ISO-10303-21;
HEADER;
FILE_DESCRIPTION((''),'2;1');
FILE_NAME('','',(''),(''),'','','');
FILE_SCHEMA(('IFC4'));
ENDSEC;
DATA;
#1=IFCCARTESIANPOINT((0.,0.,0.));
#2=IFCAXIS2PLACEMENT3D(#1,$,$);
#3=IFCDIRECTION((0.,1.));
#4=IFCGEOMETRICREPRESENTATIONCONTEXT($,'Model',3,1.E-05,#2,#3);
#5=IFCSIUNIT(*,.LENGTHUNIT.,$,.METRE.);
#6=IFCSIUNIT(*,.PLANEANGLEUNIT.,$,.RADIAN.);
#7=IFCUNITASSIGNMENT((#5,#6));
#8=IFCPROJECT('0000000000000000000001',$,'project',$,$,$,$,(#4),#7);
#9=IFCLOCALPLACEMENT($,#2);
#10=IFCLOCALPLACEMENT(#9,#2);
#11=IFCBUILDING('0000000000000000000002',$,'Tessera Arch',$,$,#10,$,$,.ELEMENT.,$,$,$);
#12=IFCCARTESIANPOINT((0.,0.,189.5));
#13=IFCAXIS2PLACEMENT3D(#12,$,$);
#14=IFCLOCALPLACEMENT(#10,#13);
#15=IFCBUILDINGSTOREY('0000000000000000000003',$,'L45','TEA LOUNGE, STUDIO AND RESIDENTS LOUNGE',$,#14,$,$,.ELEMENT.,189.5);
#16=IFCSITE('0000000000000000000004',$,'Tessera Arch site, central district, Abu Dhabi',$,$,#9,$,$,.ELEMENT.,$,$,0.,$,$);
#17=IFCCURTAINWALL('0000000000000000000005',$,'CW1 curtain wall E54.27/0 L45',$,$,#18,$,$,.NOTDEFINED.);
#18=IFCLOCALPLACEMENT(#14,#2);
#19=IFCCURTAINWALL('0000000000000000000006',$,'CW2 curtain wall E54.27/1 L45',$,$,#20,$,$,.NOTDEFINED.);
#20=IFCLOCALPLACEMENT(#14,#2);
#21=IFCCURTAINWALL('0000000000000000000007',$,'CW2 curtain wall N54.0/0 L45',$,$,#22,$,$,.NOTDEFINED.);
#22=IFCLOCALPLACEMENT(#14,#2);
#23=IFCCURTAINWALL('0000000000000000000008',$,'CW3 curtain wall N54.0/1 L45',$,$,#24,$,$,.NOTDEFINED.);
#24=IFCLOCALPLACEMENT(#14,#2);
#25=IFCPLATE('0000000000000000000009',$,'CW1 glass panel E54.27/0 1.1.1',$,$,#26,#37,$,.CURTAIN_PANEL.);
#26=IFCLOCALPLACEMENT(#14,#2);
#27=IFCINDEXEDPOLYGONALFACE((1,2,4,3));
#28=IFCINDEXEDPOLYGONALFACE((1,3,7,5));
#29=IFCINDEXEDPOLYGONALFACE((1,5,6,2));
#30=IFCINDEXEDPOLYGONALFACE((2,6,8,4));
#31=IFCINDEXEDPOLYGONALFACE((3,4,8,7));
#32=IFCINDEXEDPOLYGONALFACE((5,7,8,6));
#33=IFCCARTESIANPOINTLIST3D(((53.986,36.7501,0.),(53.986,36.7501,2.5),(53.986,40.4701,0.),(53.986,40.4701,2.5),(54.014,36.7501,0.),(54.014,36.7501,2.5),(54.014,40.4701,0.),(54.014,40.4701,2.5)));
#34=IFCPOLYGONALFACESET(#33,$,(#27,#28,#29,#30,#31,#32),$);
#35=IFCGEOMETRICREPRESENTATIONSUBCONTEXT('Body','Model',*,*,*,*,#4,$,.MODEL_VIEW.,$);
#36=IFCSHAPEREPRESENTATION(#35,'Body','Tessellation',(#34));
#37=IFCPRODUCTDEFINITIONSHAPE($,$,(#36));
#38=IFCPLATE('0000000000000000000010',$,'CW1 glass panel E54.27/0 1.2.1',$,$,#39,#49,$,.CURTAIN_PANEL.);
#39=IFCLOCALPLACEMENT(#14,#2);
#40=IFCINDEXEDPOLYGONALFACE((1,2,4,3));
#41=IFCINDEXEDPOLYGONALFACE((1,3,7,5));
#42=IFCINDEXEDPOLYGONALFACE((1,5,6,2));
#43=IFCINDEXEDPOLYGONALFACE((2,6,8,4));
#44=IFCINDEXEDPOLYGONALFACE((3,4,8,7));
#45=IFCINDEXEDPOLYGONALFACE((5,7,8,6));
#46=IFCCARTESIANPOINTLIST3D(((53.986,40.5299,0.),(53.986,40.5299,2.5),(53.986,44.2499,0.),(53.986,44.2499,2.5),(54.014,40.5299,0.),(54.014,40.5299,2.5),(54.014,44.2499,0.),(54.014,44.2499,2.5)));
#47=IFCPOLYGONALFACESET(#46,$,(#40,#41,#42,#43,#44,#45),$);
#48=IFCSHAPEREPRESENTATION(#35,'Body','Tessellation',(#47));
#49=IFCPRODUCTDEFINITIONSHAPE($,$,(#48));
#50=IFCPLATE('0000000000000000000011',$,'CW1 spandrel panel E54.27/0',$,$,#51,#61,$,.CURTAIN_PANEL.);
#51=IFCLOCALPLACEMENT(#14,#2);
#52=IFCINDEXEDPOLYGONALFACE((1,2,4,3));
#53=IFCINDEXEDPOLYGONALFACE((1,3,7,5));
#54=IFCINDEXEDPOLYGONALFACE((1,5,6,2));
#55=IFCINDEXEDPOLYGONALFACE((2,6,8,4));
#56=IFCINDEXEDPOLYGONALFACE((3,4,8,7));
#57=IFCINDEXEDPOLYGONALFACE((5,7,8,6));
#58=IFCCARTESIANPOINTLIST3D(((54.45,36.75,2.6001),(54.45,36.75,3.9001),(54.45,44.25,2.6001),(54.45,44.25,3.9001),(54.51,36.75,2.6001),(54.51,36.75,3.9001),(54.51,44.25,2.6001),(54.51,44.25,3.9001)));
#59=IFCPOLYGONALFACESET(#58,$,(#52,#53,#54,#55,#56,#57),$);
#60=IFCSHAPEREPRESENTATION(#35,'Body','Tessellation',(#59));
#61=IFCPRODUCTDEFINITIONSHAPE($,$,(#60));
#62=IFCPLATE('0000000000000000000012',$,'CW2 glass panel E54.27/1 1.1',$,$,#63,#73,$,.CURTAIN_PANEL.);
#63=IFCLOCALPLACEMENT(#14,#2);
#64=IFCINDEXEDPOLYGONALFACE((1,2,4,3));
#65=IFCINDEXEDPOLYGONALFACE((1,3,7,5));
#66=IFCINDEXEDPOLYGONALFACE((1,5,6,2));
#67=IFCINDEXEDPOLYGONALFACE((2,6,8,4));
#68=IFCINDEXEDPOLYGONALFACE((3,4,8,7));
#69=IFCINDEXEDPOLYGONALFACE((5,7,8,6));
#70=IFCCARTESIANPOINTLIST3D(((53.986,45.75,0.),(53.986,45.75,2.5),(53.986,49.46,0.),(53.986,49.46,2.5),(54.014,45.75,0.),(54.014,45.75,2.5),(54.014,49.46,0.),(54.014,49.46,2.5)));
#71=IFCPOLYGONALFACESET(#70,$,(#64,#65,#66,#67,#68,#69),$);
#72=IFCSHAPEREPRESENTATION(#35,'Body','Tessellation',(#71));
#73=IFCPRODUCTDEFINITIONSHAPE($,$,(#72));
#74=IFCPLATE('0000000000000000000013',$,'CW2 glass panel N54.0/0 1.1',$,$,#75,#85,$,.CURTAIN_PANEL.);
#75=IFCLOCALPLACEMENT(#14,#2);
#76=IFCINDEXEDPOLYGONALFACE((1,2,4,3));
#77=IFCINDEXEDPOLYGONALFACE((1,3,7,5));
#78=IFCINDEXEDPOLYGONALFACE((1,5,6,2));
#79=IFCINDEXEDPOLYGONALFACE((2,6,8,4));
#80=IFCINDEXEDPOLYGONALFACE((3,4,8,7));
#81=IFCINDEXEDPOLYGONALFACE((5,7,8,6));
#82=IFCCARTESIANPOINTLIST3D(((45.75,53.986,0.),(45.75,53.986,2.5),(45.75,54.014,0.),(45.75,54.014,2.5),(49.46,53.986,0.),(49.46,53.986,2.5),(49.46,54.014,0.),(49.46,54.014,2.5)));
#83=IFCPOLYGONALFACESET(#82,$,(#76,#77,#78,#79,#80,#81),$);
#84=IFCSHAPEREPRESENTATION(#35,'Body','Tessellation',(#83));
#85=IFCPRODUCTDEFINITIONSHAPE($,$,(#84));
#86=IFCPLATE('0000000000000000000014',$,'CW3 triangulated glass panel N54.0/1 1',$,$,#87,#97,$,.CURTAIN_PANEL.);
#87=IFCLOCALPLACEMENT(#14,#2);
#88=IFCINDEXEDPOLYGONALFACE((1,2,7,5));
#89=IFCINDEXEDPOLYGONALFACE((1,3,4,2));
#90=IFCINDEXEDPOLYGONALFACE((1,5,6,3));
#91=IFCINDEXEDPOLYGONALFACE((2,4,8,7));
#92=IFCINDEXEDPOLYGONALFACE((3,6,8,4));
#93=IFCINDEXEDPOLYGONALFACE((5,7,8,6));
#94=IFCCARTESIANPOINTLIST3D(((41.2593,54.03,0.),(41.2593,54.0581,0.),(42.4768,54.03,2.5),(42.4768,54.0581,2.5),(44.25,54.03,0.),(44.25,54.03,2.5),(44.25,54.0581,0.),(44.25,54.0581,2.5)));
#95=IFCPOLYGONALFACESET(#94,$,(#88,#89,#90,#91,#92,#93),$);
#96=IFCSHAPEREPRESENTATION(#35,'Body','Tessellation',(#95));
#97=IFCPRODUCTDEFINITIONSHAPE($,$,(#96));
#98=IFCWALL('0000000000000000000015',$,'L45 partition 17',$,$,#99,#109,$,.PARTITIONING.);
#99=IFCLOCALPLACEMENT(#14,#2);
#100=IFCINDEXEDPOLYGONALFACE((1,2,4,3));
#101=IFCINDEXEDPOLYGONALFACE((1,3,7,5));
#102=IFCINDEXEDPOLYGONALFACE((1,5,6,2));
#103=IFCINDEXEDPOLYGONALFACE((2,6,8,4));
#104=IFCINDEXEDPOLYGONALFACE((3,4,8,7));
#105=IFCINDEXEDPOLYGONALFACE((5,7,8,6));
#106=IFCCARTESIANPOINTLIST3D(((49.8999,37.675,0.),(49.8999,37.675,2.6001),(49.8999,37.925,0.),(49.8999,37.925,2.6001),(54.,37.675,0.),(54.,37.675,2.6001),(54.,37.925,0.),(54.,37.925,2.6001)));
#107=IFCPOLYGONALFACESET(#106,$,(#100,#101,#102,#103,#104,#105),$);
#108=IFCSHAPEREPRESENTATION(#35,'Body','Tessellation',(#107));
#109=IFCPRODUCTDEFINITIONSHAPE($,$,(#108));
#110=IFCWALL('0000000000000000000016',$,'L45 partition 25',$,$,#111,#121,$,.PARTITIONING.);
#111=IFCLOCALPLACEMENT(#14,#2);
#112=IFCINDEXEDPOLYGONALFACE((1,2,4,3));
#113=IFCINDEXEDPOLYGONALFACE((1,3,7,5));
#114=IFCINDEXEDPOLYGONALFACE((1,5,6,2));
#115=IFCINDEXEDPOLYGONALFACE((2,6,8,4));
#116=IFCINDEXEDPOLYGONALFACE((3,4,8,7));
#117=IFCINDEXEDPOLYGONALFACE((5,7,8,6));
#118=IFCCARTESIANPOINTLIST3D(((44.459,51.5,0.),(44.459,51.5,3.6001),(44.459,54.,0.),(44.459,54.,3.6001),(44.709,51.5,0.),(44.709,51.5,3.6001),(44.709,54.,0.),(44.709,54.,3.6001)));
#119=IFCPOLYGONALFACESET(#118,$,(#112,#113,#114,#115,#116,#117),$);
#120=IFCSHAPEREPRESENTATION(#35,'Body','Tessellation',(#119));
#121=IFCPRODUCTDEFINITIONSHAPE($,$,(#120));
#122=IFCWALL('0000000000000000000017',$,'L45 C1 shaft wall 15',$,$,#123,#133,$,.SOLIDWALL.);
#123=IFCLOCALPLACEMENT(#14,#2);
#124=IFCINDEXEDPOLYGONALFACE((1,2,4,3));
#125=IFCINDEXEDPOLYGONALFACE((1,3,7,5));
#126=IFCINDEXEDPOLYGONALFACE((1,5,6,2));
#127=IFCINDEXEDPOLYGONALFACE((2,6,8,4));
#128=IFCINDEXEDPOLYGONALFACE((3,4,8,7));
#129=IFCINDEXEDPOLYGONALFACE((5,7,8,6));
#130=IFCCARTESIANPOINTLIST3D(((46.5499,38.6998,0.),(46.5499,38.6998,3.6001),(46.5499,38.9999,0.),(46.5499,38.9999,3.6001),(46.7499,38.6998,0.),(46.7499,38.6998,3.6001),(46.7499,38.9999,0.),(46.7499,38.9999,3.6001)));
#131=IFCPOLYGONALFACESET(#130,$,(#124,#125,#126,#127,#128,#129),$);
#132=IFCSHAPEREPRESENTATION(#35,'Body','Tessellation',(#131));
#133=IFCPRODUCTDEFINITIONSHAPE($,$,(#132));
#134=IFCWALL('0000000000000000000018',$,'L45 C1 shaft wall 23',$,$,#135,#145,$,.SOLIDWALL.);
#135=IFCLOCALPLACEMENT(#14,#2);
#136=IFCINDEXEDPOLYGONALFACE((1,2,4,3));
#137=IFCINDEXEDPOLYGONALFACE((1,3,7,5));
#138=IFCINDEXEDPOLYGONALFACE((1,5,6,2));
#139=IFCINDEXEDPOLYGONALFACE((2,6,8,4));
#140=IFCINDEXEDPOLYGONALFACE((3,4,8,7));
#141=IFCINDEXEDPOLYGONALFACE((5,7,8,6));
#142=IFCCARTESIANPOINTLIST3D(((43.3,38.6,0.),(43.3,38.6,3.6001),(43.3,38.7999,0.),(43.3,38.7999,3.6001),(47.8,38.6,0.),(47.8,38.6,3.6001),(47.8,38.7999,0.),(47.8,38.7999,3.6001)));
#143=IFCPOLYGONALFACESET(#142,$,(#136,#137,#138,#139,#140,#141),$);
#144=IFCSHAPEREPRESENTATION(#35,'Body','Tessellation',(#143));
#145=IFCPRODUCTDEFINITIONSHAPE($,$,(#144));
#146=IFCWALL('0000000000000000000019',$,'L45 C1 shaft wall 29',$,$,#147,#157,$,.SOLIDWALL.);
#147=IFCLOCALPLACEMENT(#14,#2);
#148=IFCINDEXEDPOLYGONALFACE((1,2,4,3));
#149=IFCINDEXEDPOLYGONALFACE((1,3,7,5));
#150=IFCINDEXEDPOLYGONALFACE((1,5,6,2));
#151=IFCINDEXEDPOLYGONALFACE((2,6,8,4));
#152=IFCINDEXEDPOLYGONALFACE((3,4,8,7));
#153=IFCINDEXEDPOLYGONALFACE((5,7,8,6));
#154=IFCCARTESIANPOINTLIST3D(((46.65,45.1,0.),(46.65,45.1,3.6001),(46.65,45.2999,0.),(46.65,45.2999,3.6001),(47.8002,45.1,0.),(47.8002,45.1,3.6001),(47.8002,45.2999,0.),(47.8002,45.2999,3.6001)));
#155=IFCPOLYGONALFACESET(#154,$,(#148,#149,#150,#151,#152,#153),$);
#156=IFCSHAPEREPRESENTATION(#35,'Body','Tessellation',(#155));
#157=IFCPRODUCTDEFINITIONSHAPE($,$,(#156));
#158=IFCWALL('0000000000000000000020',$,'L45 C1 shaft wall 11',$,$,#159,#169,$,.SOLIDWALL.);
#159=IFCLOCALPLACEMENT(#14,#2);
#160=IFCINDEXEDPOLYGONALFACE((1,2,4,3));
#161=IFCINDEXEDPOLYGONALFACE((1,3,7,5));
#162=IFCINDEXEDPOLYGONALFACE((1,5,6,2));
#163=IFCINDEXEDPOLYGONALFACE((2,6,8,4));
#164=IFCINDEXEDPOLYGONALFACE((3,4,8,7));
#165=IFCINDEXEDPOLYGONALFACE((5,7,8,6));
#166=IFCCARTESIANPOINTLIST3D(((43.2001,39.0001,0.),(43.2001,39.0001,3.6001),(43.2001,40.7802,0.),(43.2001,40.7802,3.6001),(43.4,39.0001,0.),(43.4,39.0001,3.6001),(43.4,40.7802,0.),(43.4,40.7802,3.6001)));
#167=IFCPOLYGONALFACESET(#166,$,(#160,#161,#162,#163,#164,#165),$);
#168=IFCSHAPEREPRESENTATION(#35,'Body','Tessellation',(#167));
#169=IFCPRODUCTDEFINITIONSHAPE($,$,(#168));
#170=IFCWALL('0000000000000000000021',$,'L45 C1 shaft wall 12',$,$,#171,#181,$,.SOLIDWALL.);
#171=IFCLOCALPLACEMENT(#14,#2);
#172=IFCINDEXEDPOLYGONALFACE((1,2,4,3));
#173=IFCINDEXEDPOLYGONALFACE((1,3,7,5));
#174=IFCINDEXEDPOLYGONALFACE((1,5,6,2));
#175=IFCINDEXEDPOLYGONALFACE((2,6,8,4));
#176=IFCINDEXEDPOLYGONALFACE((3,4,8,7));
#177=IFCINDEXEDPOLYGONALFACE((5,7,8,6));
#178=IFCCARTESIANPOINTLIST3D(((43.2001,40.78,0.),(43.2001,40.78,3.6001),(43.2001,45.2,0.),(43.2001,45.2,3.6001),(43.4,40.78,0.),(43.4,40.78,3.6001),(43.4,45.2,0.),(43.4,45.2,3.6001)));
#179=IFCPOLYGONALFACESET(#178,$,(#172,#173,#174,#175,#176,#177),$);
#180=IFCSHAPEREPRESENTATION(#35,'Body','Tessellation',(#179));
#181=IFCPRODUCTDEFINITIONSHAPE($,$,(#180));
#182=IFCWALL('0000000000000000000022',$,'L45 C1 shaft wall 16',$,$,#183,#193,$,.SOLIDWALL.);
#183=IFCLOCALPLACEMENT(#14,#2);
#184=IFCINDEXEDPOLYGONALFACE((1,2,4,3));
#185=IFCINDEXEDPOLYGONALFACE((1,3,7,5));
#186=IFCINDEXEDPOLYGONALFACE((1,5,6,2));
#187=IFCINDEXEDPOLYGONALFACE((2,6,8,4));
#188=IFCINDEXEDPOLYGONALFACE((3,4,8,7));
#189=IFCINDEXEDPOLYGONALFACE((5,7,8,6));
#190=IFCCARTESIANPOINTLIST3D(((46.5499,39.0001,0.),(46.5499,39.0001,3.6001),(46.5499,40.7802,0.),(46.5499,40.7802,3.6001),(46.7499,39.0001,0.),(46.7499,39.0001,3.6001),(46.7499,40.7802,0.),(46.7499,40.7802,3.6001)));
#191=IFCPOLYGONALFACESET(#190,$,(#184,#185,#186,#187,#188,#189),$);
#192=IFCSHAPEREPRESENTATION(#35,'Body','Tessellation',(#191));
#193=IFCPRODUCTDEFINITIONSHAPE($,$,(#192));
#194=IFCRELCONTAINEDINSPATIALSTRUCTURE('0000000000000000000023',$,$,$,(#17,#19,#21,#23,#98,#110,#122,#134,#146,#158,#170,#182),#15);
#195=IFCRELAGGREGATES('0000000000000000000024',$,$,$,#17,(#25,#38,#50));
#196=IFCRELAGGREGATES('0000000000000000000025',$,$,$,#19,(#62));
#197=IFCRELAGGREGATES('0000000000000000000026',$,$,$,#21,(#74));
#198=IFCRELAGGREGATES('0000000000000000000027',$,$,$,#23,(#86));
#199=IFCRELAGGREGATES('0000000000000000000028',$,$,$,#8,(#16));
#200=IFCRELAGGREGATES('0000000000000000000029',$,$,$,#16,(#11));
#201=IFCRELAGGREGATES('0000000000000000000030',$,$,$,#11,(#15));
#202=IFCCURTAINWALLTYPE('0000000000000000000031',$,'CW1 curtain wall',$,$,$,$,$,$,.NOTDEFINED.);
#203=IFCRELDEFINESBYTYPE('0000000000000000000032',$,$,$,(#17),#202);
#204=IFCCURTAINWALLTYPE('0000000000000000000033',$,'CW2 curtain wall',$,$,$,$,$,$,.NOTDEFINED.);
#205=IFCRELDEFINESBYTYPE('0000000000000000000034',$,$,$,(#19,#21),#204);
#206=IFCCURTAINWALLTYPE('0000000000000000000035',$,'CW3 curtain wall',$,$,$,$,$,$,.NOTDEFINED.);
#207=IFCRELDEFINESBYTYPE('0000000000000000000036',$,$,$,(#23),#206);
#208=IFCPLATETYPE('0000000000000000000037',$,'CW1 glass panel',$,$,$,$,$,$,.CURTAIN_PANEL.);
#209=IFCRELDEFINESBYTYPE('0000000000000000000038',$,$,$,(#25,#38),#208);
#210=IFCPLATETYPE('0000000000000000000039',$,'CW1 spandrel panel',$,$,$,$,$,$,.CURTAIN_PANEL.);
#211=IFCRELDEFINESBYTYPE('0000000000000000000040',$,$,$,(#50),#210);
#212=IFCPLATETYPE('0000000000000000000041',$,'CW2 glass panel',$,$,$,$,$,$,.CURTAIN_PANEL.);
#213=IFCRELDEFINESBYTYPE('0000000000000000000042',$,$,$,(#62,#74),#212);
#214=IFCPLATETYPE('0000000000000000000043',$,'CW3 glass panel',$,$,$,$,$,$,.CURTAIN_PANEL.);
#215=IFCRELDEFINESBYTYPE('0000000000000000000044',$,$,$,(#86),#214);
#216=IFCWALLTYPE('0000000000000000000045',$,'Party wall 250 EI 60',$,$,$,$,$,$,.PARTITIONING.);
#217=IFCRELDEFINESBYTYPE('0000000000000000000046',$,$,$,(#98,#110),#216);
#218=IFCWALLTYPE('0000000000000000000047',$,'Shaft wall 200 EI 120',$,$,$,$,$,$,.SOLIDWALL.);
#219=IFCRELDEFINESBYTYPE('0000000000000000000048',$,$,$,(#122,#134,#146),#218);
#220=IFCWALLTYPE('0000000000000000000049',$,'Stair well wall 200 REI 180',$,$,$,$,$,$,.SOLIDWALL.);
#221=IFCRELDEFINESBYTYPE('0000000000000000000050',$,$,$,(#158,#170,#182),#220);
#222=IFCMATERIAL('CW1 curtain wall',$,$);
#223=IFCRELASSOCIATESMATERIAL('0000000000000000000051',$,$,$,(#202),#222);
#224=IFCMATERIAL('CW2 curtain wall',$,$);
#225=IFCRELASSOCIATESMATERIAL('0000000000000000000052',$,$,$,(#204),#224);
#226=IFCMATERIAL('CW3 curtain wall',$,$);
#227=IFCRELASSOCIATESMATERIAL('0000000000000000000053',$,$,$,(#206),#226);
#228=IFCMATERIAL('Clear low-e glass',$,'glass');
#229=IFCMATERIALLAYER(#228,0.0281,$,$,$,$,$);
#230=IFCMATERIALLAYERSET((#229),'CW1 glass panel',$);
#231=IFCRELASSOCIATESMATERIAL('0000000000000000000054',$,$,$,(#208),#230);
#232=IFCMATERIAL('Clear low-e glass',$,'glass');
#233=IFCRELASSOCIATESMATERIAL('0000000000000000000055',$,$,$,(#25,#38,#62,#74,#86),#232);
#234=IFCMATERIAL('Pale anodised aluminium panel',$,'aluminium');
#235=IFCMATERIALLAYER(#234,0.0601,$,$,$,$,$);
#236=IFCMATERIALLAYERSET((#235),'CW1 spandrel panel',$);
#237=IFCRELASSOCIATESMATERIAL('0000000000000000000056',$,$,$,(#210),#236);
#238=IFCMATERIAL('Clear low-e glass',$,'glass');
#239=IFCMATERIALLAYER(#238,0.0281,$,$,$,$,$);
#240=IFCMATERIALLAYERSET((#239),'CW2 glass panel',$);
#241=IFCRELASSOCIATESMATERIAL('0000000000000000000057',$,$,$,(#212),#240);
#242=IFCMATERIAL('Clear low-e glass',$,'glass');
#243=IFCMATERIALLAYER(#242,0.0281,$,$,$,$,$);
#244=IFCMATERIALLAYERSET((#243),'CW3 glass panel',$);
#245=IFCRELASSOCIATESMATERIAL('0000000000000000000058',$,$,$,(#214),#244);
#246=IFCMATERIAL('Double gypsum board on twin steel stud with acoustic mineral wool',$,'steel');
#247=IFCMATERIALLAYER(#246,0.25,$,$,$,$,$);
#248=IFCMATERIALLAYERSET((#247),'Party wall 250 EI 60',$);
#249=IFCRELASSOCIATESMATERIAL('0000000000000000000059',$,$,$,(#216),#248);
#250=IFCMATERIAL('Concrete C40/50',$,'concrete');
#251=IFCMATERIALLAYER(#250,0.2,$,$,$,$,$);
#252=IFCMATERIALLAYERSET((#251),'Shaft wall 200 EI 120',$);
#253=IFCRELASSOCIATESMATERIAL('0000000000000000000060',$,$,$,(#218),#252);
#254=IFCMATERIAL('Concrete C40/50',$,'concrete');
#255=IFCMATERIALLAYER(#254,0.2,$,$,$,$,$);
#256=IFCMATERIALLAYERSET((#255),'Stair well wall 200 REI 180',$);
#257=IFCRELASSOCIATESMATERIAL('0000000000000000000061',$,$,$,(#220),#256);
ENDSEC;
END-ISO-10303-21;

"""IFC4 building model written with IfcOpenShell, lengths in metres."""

from ifc_helpers import new_model, si_unit, direction, frame, frame_2d, origin, origin_2d, place, context, subcontext, project, spatial, polyline, rectangle, outline, extrude, material, layer, layer_set, type_object, element, aggregate, save


model = new_model("IFC4")

# Units and contexts
model_context = context("Model", 3, precision=1e-05, world=origin(), true_north=direction((0.0, 1.0)))
body_context = subcontext(model_context, "Body", "Model", "MODEL_VIEW")
ifc_project = project(units=[si_unit("LENGTHUNIT", "METRE"), si_unit("PLANEANGLEUNIT", "RADIAN")], contexts=[model_context])

# Site, building, storey
site_placement = place(None, origin())
site = spatial("IfcSite", under=ifc_project, at=site_placement, Name="Tessera Arch site, central district, Abu Dhabi", CompositionType="ELEMENT", RefElevation=0.0)
building_placement = place(site_placement, origin())
building = spatial("IfcBuilding", under=site, at=building_placement, Name="Tessera Arch", CompositionType="ELEMENT")
storey_placement = place(building_placement, frame((0.0, 0.0, 189.5)))
storey = spatial("IfcBuildingStorey", under=building, at=storey_placement, Name="L45", Description="TEA LOUNGE, STUDIO AND RESIDENTS LOUNGE", CompositionType="ELEMENT", Elevation=189.5)

# Curtain wall
ifc_material_1 = material(Name="CW1 curtain wall")
curtain_wall_type_1 = type_object("IfcCurtainWallType", Name="CW1 curtain wall", PredefinedType="NOTDEFINED", material=ifc_material_1)
curtain_wall_1_placement = place(storey_placement, origin())
curtain_wall_1 = element("IfcCurtainWall", 1, at=curtain_wall_1_placement, inside=storey, type_object=curtain_wall_type_1, Name="CW1 curtain wall E54.27/0 L45", PredefinedType="NOTDEFINED")

# Curtain walls
ifc_material_2 = material(Name="CW2 curtain wall")
curtain_wall_type_2 = type_object("IfcCurtainWallType", Name="CW2 curtain wall", PredefinedType="NOTDEFINED", material=ifc_material_2)
curtain_wall_2_placement = place(storey_placement, origin())
curtain_wall_2 = element("IfcCurtainWall", 2, at=curtain_wall_2_placement, inside=storey, type_object=curtain_wall_type_2, Name="CW2 curtain wall E54.27/1 L45", PredefinedType="NOTDEFINED")
curtain_wall_3_placement = place(storey_placement, origin())
curtain_wall_3 = element("IfcCurtainWall", 3, at=curtain_wall_3_placement, inside=storey, type_object=curtain_wall_type_2, Name="CW2 curtain wall N54.0/0 L45", PredefinedType="NOTDEFINED")
ifc_material_3 = material(Name="CW3 curtain wall")
curtain_wall_type_3 = type_object("IfcCurtainWallType", Name="CW3 curtain wall", PredefinedType="NOTDEFINED", material=ifc_material_3)
curtain_wall_4_placement = place(storey_placement, origin())
curtain_wall_4 = element("IfcCurtainWall", 4, at=curtain_wall_4_placement, inside=storey, type_object=curtain_wall_type_3, Name="CW3 curtain wall N54.0/1 L45", PredefinedType="NOTDEFINED")

# Plates
ifc_material_4 = material(Name="Clear low-e glass", Category="glass")
ifc_material_5 = material(Name="Clear low-e glass", Category="glass")
ifc_layer_1 = layer(ifc_material_5, 0.0281)
ifc_layer_set_1 = layer_set([ifc_layer_1], Name="CW1 glass panel")
plate_type_1 = type_object("IfcPlateType", Name="CW1 glass panel", PredefinedType="CURTAIN_PANEL", material=ifc_layer_set_1)
plate_1_placement = place(storey_placement, frame((54.0, 38.6101, 0.0), z_axis=(0.0, 0.0, 1.0), x_axis=(0.0, 1.0, 0.0)))
plate_1 = element("IfcPlate", 5, at=plate_1_placement, type_object=plate_type_1, material=ifc_material_4, Name="CW1 glass panel E54.27/0 1.1.1", PredefinedType="CURTAIN_PANEL", context=body_context, shape_type="SweptSolid", body=[
    extrude(rectangle(XDim=3.72, YDim=0.0281, at=origin_2d()), origin(), (0.0, 0.0, 1.0), 2.5),
])
plate_2_placement = place(storey_placement, frame((54.0, 42.3899, 0.0), z_axis=(0.0, 0.0, 1.0), x_axis=(0.0, 1.0, 0.0)))
plate_2 = element("IfcPlate", 6, at=plate_2_placement, type_object=plate_type_1, material=ifc_material_4, Name="CW1 glass panel E54.27/0 1.2.1", PredefinedType="CURTAIN_PANEL", context=body_context, shape_type="SweptSolid", body=[
    extrude(rectangle(XDim=3.72, YDim=0.0281, at=origin_2d()), origin(), (0.0, 0.0, 1.0), 2.5),
])
ifc_material_6 = material(Name="Pale anodised aluminium panel", Category="aluminium")
ifc_layer_2 = layer(ifc_material_6, 0.0601)
ifc_layer_set_2 = layer_set([ifc_layer_2], Name="CW1 spandrel panel")
plate_type_2 = type_object("IfcPlateType", Name="CW1 spandrel panel", PredefinedType="CURTAIN_PANEL", material=ifc_layer_set_2)
plate_3_placement = place(storey_placement, frame((54.48, 40.5, 2.6001), z_axis=(0.0, 0.0, 1.0), x_axis=(0.0, 1.0, 0.0)))
plate_3 = element("IfcPlate", 7, at=plate_3_placement, type_object=plate_type_2, Name="CW1 spandrel panel E54.27/0", PredefinedType="CURTAIN_PANEL", context=body_context, shape_type="SweptSolid", body=[
    extrude(rectangle(XDim=7.5, YDim=0.0601, at=origin_2d()), origin(), (0.0, 0.0, 1.0), 1.3),
])
aggregate(curtain_wall_1, [plate_1, plate_2, plate_3])
ifc_material_7 = material(Name="Clear low-e glass", Category="glass")
ifc_layer_3 = layer(ifc_material_7, 0.0281)
ifc_layer_set_3 = layer_set([ifc_layer_3], Name="CW2 glass panel")
plate_type_3 = type_object("IfcPlateType", Name="CW2 glass panel", PredefinedType="CURTAIN_PANEL", material=ifc_layer_set_3)
plate_4_placement = place(storey_placement, frame((54.0, 47.605, 0.0), z_axis=(0.0, 0.0, 1.0), x_axis=(0.0, 1.0, 0.0)))
plate_4 = element("IfcPlate", 8, at=plate_4_placement, type_object=plate_type_3, material=ifc_material_4, Name="CW2 glass panel E54.27/1 1.1", PredefinedType="CURTAIN_PANEL", context=body_context, shape_type="SweptSolid", body=[
    extrude(rectangle(XDim=3.71, YDim=0.0281, at=origin_2d()), origin(), (0.0, 0.0, 1.0), 2.5),
])
aggregate(curtain_wall_2, [plate_4])
plate_5_placement = place(storey_placement, frame((47.605, 54.0, 0.0), z_axis=(0.0, 0.0, 1.0), x_axis=(-1.0, 0.0, 0.0)))
plate_5 = element("IfcPlate", 9, at=plate_5_placement, type_object=plate_type_3, material=ifc_material_4, Name="CW2 glass panel N54.0/0 1.1", PredefinedType="CURTAIN_PANEL", context=body_context, shape_type="SweptSolid", body=[
    extrude(rectangle(XDim=3.71, YDim=0.0281, at=origin_2d()), origin(), (0.0, 0.0, 1.0), 2.5),
])
aggregate(curtain_wall_3, [plate_5])
ifc_material_8 = material(Name="Clear low-e glass", Category="glass")
ifc_layer_4 = layer(ifc_material_8, 0.0281)
ifc_layer_set_4 = layer_set([ifc_layer_4], Name="CW3 glass panel")
plate_type_4 = type_object("IfcPlateType", Name="CW3 glass panel", PredefinedType="CURTAIN_PANEL", material=ifc_layer_set_4)
plate_6_placement = place(storey_placement, frame((44.25, 54.0581, 0.0), z_axis=(0.0, 1.0, 0.0), x_axis=(-1.0, 0.0, 0.0)))
plate_6 = element("IfcPlate", 10, at=plate_6_placement, type_object=plate_type_4, material=ifc_material_4, Name="CW3 triangulated glass panel N54.0/1 1", PredefinedType="CURTAIN_PANEL", context=body_context, shape_type="SweptSolid", body=[
    extrude(outline(polyline([(0.0, 0.0), (2.9907, 0.0), (1.7732, 2.5), (0.0, 2.5), (0.0, 0.0)])), origin(), (0.0, 0.0, -1.0), 0.0281),
])
aggregate(curtain_wall_4, [plate_6])

# Walls
ifc_material_9 = material(Name="Double gypsum board on twin steel stud with acoustic mineral wool", Category="steel")
ifc_layer_5 = layer(ifc_material_9, 0.25)
ifc_layer_set_5 = layer_set([ifc_layer_5], Name="Party wall 250 EI 60")
wall_type_1 = type_object("IfcWallType", Name="Party wall 250 EI 60", PredefinedType="PARTITIONING", material=ifc_layer_set_5)
wall_1_placement = place(storey_placement, frame((49.8999, 37.8, 0.0), z_axis=(0.0, 0.0, 1.0), x_axis=(1.0, 0.0, 0.0)))
element("IfcWall", 11, at=wall_1_placement, inside=storey, type_object=wall_type_1, Name="L45 partition 17", PredefinedType="PARTITIONING", context=body_context, shape_type="SweptSolid", body=[
    extrude(rectangle(XDim=4.1001, YDim=0.25, at=frame_2d((2.05, 0.0))), origin(), (0.0, 0.0, 1.0), 2.6001),
])
wall_2_placement = place(storey_placement, frame((44.584, 51.5, 0.0), z_axis=(0.0, 0.0, 1.0), x_axis=(0.0, 1.0, 0.0)))
element("IfcWall", 12, at=wall_2_placement, inside=storey, type_object=wall_type_1, Name="L45 partition 25", PredefinedType="PARTITIONING", context=body_context, shape_type="SweptSolid", body=[
    extrude(rectangle(XDim=2.5, YDim=0.25, at=frame_2d((1.25, 0.0))), origin(), (0.0, 0.0, 1.0), 3.6001),
])
ifc_material_10 = material(Name="Concrete C40/50", Category="concrete")
ifc_layer_6 = layer(ifc_material_10, 0.2)
ifc_layer_set_6 = layer_set([ifc_layer_6], Name="Shaft wall 200 EI 120")
wall_type_2 = type_object("IfcWallType", Name="Shaft wall 200 EI 120", PredefinedType="SOLIDWALL", material=ifc_layer_set_6)
wall_3_placement = place(storey_placement, frame((46.6499, 38.7, 0.0), z_axis=(0.0, 0.0, 1.0), x_axis=(0.0, 1.0, 0.0)))
element("IfcWall", 13, at=wall_3_placement, inside=storey, type_object=wall_type_2, Name="L45 C1 shaft wall 15", PredefinedType="SOLIDWALL", context=body_context, shape_type="SweptSolid", body=[
    extrude(rectangle(XDim=0.3, YDim=0.2, at=frame_2d((0.1499, 0.0))), origin(), (0.0, 0.0, 1.0), 3.6001),
])
wall_4_placement = place(storey_placement, frame((43.3, 38.7, 0.0), z_axis=(0.0, 0.0, 1.0), x_axis=(1.0, 0.0, 0.0)))
element("IfcWall", 14, at=wall_4_placement, inside=storey, type_object=wall_type_2, Name="L45 C1 shaft wall 23", PredefinedType="SOLIDWALL", context=body_context, shape_type="SweptSolid", body=[
    extrude(rectangle(XDim=4.5, YDim=0.2, at=frame_2d((2.25, 0.0))), origin(), (0.0, 0.0, 1.0), 3.6001),
])
wall_5_placement = place(storey_placement, frame((46.6499, 45.2, 0.0), z_axis=(0.0, 0.0, 1.0), x_axis=(1.0, 0.0, 0.0)))
element("IfcWall", 15, at=wall_5_placement, inside=storey, type_object=wall_type_2, Name="L45 C1 shaft wall 29", PredefinedType="SOLIDWALL", context=body_context, shape_type="SweptSolid", body=[
    extrude(rectangle(XDim=1.1501, YDim=0.2, at=frame_2d((0.5752, 0.0))), origin(), (0.0, 0.0, 1.0), 3.6001),
])
ifc_material_11 = material(Name="Concrete C40/50", Category="concrete")
ifc_layer_7 = layer(ifc_material_11, 0.2)
ifc_layer_set_7 = layer_set([ifc_layer_7], Name="Stair well wall 200 REI 180")
wall_type_3 = type_object("IfcWallType", Name="Stair well wall 200 REI 180", PredefinedType="SOLIDWALL", material=ifc_layer_set_7)
wall_6_placement = place(storey_placement, frame((43.3, 39.0, 0.0), z_axis=(0.0, 0.0, 1.0), x_axis=(0.0, 1.0, 0.0)))
element("IfcWall", 16, at=wall_6_placement, inside=storey, type_object=wall_type_3, Name="L45 C1 shaft wall 11", PredefinedType="SOLIDWALL", context=body_context, shape_type="SweptSolid", body=[
    extrude(rectangle(XDim=1.78, YDim=0.2, at=frame_2d((0.8901, 0.0))), origin(), (0.0, 0.0, 1.0), 3.6001),
])
wall_7_placement = place(storey_placement, frame((43.3, 40.78, 0.0), z_axis=(0.0, 0.0, 1.0), x_axis=(0.0, 1.0, 0.0)))
element("IfcWall", 17, at=wall_7_placement, inside=storey, type_object=wall_type_3, Name="L45 C1 shaft wall 12", PredefinedType="SOLIDWALL", context=body_context, shape_type="SweptSolid", body=[
    extrude(rectangle(XDim=4.4199, YDim=0.2, at=frame_2d((2.21, 0.0))), origin(), (0.0, 0.0, 1.0), 3.6001),
])
wall_8_placement = place(storey_placement, frame((46.6499, 39.0, 0.0), z_axis=(0.0, 0.0, 1.0), x_axis=(0.0, 1.0, 0.0)))
element("IfcWall", 18, at=wall_8_placement, inside=storey, type_object=wall_type_3, Name="L45 C1 shaft wall 16", PredefinedType="SOLIDWALL", context=body_context, shape_type="SweptSolid", body=[
    extrude(rectangle(XDim=1.78, YDim=0.2, at=frame_2d((0.8901, 0.0))), origin(), (0.0, 0.0, 1.0), 3.6001),
])

save(model, "model.ifc")
